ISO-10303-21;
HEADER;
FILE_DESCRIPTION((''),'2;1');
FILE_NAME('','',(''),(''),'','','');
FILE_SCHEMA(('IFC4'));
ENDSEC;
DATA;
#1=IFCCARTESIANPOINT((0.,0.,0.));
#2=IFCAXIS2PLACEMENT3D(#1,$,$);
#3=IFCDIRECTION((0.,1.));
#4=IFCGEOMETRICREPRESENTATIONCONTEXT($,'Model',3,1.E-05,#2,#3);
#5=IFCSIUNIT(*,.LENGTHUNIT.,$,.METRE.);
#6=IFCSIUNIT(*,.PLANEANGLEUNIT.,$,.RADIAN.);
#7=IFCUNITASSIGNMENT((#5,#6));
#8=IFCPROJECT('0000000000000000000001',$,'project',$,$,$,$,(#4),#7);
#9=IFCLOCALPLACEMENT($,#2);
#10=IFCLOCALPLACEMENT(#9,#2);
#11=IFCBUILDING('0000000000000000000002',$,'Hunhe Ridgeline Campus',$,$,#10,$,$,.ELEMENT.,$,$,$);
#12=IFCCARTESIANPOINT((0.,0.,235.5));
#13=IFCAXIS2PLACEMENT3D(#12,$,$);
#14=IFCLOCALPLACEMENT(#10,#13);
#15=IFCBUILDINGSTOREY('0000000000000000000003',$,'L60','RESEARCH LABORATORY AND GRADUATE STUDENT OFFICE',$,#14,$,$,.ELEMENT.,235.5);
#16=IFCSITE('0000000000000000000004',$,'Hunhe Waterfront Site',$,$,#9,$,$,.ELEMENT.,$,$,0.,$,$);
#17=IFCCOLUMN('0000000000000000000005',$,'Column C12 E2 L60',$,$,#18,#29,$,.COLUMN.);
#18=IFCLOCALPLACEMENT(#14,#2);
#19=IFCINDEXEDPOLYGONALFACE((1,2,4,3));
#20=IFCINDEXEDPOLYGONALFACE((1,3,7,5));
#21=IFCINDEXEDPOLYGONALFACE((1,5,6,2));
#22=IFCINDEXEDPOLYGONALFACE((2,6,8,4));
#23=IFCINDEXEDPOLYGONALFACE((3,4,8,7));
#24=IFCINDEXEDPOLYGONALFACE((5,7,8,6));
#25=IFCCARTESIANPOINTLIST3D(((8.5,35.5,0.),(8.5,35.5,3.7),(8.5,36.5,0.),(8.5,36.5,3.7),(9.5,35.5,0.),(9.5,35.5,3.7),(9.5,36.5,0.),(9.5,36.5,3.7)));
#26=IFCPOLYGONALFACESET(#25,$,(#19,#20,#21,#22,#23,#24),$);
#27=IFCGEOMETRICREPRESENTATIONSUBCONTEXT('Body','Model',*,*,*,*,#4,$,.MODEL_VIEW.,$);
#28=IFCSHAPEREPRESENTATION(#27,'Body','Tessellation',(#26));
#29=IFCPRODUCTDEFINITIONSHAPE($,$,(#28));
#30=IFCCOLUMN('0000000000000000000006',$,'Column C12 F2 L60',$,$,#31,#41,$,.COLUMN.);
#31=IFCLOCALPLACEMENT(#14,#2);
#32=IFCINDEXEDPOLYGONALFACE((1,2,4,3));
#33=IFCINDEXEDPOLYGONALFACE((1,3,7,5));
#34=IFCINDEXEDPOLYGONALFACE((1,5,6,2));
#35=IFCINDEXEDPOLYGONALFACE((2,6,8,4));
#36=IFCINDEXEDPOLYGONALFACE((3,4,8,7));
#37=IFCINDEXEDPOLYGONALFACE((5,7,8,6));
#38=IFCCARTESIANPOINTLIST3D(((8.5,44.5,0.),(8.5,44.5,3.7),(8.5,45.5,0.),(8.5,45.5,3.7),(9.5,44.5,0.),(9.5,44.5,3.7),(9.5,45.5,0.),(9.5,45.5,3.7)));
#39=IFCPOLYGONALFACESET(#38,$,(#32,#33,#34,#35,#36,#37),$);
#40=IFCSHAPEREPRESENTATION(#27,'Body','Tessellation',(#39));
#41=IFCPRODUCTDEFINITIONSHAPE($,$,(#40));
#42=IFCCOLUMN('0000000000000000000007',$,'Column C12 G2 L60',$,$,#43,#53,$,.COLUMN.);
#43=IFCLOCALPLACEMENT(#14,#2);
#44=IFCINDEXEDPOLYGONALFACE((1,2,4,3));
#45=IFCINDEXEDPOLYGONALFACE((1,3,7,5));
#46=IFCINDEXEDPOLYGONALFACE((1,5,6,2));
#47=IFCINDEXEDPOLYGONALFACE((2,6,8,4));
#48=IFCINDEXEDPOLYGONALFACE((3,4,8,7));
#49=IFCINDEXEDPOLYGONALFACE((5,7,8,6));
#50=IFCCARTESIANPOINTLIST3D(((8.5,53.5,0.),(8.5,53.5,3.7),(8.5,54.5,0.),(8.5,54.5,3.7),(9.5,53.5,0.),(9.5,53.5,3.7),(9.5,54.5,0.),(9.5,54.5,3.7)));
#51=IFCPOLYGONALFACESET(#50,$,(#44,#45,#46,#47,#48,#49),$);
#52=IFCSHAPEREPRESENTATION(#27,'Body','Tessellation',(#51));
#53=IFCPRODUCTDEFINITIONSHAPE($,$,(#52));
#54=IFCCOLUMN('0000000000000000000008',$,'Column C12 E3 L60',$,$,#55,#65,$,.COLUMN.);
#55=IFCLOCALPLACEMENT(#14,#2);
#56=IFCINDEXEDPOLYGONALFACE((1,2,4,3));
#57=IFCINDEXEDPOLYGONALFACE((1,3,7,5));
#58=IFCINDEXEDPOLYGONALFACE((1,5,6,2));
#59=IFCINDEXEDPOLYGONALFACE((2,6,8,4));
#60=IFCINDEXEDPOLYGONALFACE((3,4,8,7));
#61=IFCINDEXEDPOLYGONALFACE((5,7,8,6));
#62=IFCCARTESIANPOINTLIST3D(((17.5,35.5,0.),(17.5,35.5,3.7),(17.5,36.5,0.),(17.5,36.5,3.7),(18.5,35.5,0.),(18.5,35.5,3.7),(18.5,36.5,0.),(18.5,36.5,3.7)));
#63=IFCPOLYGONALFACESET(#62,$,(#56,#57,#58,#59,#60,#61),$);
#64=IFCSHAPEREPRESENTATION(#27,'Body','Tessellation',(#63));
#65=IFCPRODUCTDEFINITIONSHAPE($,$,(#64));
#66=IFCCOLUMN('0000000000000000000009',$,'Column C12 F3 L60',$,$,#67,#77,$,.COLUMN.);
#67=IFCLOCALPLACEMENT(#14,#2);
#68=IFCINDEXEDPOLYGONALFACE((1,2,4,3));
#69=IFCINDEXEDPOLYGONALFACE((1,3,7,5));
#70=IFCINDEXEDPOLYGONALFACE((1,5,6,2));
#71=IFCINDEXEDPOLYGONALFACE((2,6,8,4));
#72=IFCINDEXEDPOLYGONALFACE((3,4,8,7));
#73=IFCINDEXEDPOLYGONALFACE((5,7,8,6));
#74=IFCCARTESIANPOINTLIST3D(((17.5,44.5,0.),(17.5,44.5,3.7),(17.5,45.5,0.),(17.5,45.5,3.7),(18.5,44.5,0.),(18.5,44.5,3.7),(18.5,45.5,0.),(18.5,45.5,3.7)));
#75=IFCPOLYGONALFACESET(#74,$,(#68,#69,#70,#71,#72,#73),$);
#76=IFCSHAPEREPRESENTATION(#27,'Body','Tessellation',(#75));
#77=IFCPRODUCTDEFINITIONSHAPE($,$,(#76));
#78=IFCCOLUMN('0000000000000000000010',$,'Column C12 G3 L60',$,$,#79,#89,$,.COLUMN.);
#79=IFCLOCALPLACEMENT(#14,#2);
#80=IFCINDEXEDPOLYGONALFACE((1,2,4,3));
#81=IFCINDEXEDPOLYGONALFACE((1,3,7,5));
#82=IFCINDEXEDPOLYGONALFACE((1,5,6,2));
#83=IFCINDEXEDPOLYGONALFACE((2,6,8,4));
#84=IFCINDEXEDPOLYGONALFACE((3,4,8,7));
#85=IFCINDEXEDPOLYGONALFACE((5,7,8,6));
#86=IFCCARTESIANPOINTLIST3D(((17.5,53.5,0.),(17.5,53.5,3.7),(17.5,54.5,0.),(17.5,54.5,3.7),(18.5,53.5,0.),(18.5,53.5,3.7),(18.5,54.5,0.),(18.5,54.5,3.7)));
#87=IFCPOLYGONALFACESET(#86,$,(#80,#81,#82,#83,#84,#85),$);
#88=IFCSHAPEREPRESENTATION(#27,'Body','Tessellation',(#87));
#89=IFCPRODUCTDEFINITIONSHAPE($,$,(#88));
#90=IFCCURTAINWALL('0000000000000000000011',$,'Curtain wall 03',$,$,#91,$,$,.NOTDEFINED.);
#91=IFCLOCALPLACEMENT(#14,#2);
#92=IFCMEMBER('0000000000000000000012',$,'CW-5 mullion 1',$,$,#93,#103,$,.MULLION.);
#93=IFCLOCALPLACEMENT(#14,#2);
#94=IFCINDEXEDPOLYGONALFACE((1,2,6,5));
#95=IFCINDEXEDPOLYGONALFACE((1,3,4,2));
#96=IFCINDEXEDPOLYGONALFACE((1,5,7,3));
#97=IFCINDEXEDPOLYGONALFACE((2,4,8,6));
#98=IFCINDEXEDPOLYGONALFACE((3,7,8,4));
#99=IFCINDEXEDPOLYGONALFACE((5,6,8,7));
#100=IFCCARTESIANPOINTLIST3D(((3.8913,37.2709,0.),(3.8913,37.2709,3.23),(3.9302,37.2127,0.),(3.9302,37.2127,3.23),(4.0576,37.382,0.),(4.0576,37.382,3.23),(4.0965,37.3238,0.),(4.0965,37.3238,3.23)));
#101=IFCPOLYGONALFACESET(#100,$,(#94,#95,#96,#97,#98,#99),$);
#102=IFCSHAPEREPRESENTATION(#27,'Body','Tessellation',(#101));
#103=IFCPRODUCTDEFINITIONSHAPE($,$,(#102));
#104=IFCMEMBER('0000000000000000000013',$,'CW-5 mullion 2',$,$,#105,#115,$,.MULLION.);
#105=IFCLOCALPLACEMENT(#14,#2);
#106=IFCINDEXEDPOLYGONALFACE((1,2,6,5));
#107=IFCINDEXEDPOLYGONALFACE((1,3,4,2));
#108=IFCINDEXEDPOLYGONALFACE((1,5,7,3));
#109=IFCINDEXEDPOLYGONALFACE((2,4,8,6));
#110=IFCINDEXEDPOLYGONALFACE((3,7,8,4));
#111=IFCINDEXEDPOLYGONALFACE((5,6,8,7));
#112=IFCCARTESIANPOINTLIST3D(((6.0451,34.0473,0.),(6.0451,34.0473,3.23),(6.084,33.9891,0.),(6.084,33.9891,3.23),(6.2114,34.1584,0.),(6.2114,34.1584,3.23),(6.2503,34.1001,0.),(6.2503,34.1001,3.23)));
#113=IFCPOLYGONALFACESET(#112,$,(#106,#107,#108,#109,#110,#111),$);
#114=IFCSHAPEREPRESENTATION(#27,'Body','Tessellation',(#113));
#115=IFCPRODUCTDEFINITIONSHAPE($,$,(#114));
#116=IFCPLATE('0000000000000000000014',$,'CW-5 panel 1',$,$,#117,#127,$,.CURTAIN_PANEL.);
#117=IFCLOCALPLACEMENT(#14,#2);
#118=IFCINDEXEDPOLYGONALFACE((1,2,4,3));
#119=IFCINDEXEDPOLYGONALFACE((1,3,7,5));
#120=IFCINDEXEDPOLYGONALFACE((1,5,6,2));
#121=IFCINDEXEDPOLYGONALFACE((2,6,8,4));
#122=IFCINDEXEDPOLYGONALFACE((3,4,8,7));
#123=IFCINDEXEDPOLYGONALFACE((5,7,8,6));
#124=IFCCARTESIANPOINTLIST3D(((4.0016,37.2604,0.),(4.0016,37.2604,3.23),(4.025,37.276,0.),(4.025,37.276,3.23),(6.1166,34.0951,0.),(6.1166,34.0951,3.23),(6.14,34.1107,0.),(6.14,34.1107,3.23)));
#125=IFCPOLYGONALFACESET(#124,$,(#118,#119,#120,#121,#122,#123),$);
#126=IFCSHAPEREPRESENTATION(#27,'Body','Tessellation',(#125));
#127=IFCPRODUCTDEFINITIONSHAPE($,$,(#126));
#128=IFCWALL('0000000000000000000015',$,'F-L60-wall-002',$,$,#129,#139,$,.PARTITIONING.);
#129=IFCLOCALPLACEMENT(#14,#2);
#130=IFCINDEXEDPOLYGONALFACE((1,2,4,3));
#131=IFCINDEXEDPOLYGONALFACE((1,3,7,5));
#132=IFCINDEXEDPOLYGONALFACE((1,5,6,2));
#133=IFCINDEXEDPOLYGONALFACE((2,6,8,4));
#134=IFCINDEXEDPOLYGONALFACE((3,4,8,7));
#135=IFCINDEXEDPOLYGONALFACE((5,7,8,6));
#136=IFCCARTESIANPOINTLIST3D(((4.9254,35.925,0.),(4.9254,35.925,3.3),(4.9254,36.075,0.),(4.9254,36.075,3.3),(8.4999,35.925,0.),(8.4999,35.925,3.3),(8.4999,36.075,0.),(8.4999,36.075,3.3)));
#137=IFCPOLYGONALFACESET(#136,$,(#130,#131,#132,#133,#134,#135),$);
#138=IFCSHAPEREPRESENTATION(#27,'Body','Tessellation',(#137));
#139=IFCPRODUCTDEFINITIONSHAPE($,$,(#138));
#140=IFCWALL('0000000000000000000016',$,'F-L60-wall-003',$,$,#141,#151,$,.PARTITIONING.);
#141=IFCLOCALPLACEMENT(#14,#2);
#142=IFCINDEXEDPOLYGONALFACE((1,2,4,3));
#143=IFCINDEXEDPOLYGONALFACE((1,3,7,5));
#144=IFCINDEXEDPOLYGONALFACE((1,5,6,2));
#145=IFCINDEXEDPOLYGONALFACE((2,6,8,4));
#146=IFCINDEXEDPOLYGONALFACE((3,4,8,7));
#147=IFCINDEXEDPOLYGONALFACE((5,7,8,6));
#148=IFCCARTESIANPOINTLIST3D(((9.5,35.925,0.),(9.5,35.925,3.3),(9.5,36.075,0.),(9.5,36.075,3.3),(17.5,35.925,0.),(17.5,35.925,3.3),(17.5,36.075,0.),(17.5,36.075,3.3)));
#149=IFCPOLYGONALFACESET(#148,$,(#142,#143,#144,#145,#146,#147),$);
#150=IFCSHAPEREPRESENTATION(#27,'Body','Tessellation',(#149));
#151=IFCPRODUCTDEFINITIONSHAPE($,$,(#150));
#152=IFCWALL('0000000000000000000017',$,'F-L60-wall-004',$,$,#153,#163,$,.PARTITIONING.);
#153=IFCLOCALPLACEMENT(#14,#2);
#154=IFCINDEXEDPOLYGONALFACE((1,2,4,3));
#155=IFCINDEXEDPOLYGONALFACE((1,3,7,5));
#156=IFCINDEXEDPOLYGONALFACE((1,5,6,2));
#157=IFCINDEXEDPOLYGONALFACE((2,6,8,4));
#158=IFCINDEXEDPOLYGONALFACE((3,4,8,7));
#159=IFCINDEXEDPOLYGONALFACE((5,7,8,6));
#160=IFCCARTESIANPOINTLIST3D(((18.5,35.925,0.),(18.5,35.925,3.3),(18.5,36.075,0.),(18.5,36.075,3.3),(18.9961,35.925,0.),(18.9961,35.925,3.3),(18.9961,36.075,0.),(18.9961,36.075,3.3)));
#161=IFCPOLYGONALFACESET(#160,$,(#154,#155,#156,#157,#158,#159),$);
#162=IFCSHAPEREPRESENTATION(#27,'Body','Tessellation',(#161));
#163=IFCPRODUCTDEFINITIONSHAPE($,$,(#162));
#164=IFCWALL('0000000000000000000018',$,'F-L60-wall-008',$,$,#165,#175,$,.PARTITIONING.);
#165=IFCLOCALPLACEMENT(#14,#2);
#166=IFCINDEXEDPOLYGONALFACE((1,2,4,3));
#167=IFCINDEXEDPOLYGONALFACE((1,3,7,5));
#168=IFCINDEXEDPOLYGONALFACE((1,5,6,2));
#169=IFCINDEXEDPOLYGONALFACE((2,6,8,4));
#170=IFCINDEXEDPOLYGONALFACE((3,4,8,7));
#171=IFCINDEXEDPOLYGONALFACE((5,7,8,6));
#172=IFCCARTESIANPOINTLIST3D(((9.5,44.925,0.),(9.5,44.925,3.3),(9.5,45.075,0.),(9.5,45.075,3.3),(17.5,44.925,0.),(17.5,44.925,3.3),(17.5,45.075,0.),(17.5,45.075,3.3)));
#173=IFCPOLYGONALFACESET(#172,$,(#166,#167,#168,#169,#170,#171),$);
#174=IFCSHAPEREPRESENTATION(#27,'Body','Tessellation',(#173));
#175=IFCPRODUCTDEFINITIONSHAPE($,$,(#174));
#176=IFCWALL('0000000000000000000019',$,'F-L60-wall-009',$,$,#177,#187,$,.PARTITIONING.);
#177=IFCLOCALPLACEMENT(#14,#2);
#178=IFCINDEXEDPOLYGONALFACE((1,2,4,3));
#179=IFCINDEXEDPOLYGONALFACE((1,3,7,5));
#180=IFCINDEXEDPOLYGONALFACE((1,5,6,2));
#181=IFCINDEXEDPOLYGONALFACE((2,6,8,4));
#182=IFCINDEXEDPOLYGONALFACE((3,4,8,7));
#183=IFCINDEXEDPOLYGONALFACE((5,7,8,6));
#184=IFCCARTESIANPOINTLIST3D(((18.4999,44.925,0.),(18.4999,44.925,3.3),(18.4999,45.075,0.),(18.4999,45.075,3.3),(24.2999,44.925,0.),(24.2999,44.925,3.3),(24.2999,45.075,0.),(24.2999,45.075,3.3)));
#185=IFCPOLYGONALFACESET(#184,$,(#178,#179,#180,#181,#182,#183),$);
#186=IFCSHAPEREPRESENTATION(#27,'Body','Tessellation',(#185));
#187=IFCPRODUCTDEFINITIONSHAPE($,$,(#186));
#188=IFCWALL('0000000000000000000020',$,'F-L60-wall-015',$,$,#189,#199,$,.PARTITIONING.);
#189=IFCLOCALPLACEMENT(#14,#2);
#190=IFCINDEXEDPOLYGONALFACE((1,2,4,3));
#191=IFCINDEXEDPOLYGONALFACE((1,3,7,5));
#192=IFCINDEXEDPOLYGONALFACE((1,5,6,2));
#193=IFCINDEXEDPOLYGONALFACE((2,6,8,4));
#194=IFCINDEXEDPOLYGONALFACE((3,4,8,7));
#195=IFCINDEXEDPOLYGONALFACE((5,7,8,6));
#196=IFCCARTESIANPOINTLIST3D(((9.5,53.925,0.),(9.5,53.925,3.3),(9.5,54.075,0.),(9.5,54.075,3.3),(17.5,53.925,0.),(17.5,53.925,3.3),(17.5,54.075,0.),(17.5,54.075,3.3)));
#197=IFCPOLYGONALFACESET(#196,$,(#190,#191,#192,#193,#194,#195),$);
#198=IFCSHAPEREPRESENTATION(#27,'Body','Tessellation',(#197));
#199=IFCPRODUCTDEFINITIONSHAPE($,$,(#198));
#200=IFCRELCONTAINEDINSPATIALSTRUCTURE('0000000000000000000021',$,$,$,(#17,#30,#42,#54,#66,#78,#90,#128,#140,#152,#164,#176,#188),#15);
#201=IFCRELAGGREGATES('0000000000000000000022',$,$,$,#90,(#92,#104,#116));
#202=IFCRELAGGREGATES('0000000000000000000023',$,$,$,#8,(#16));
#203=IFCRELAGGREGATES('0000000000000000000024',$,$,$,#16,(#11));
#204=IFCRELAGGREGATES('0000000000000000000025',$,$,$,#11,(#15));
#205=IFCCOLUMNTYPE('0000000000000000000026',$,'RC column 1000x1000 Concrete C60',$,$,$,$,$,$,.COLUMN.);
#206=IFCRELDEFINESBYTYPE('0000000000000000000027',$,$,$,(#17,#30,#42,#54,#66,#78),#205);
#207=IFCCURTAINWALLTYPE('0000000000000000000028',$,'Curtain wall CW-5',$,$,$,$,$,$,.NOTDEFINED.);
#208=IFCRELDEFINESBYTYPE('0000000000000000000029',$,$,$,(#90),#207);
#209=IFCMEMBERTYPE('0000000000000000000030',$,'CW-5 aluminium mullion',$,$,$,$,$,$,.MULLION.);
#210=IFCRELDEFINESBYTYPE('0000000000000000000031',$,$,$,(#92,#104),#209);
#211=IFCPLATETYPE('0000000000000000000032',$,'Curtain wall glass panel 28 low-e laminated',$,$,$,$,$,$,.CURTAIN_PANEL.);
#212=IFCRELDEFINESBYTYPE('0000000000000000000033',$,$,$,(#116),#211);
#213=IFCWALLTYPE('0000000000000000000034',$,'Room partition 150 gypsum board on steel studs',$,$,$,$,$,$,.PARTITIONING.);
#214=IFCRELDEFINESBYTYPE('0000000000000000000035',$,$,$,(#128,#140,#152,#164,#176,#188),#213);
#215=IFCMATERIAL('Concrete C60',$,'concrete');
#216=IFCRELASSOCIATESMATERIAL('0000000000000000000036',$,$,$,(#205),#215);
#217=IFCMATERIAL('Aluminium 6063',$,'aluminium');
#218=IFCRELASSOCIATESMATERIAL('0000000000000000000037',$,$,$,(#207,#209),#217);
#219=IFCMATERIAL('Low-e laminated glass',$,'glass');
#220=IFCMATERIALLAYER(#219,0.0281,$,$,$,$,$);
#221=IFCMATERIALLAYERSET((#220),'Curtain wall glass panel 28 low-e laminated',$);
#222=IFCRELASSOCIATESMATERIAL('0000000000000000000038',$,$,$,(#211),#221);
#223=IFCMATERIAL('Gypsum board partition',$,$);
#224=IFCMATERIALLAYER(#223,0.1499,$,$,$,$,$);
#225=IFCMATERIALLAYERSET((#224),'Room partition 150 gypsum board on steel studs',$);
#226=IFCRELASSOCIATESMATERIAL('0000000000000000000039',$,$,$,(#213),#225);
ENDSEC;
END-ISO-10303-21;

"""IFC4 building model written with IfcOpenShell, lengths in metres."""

from ifc_helpers import new_model, si_unit, direction, frame, frame_2d, origin, origin_2d, place, context, subcontext, project, spatial, rectangle, extrude, material, layer, layer_set, material_profile, profile_set, type_object, element, aggregate, save


model = new_model("IFC4")

# Units and contexts
model_context = context("Model", 3, precision=1e-05, world=origin(), true_north=direction((0.0, 1.0)))
body_context = subcontext(model_context, "Body", "Model", "MODEL_VIEW")
ifc_project = project(units=[si_unit("LENGTHUNIT", "METRE"), si_unit("PLANEANGLEUNIT", "RADIAN")], contexts=[model_context])

# Site, building, storey
site_placement = place(None, origin())
site = spatial("IfcSite", under=ifc_project, at=site_placement, Name="Hunhe Waterfront Site", CompositionType="ELEMENT", RefElevation=0.0)
building_placement = place(site_placement, origin())
building = spatial("IfcBuilding", under=site, at=building_placement, Name="Hunhe Ridgeline Campus", CompositionType="ELEMENT")
storey_placement = place(building_placement, frame((0.0, 0.0, 235.5)))
storey = spatial("IfcBuildingStorey", under=building, at=storey_placement, Name="L60", Description="RESEARCH LABORATORY AND GRADUATE STUDENT OFFICE", CompositionType="ELEMENT", Elevation=235.5)

# Columns
ifc_material_1 = material(Name="Concrete C60", Category="concrete")
ifc_material_profile_1 = material_profile(ifc_material_1, rectangle(XDim=1.0, YDim=1.0, at=origin_2d()))
ifc_profile_set_1 = profile_set([ifc_material_profile_1], Name="Concrete C60")
column_type = type_object("IfcColumnType", Name="RC column 1000x1000 Concrete C60", PredefinedType="COLUMN", material=ifc_profile_set_1)
for number, where, z_axis, x_axis, name in (
    (1, (9.0, 36.0, 0.0), (0.0, 0.0, 1.0), (1.0, 0.0, 0.0), "Column C12 E2 L60"),
    (2, (9.0, 45.0, 0.0), (0.0, 0.0, 1.0), (1.0, 0.0, 0.0), "Column C12 F2 L60"),
    (3, (9.0, 54.0, 0.0), (0.0, 0.0, 1.0), (1.0, 0.0, 0.0), "Column C12 G2 L60"),
    (4, (18.0, 36.0, 0.0), (0.0, 0.0, 1.0), (1.0, 0.0, 0.0), "Column C12 E3 L60"),
    (5, (18.0, 45.0, 0.0), (0.0, 0.0, 1.0), (1.0, 0.0, 0.0), "Column C12 F3 L60"),
    (6, (18.0, 54.0, 0.0), (0.0, 0.0, 1.0), (1.0, 0.0, 0.0), "Column C12 G3 L60"),
):
    element("IfcColumn", number, at=place(storey_placement, frame(where, z_axis=z_axis, x_axis=x_axis)), inside=storey, type_object=column_type, Name=name, PredefinedType="COLUMN", context=body_context, shape_type="SweptSolid", body=[
        extrude(rectangle(XDim=1.0, YDim=1.0, at=origin_2d()), origin(), (0.0, 0.0, 1.0), 3.7),
    ])

# Curtain wall, members, plate
ifc_material_2 = material(Name="Aluminium 6063", Category="aluminium")
curtain_wall_type = type_object("IfcCurtainWallType", Name="Curtain wall CW-5", PredefinedType="NOTDEFINED", material=ifc_material_2)
curtain_wall_placement = place(storey_placement, origin())
curtain_wall = element("IfcCurtainWall", 7, at=curtain_wall_placement, inside=storey, type_object=curtain_wall_type, Name="Curtain wall 03", PredefinedType="NOTDEFINED")
ifc_material_profile_2 = material_profile(ifc_material_2, rectangle(XDim=0.2, YDim=0.0701, at=origin_2d()))
ifc_profile_set_2 = profile_set([ifc_material_profile_2], Name="Aluminium 6063")
member_type = type_object("IfcMemberType", Name="CW-5 aluminium mullion", PredefinedType="MULLION", material=ifc_profile_set_2)
member_1_placement = place(storey_placement, frame((3.9939, 37.2974, 0.0), z_axis=(0.0, 0.0, 1.0), x_axis=(0.83147, 0.55557, 0.0)))
member_1 = element("IfcMember", 8, at=member_1_placement, type_object=member_type, Name="CW-5 mullion 1", PredefinedType="MULLION", context=body_context, shape_type="SweptSolid", body=[
    extrude(rectangle(XDim=0.2, YDim=0.0701, at=origin_2d()), origin(), (0.0, 0.0, 1.0), 3.23),
])
member_2_placement = place(storey_placement, frame((6.1477, 34.0737, 0.0), z_axis=(0.0, 0.0, 1.0), x_axis=(0.83147, 0.55557, 0.0)))
member_2 = element("IfcMember", 9, at=member_2_placement, type_object=member_type, Name="CW-5 mullion 2", PredefinedType="MULLION", context=body_context, shape_type="SweptSolid", body=[
    extrude(rectangle(XDim=0.2, YDim=0.0701, at=origin_2d()), origin(), (0.0, 0.0, 1.0), 3.23),
])
ifc_material_3 = material(Name="Low-e laminated glass", Category="glass")
ifc_layer_1 = layer(ifc_material_3, 0.0281)
ifc_layer_set_1 = layer_set([ifc_layer_1], Name="Curtain wall glass panel 28 low-e laminated")
plate_type = type_object("IfcPlateType", Name="Curtain wall glass panel 28 low-e laminated", PredefinedType="CURTAIN_PANEL", material=ifc_layer_set_1)
plate_placement = place(storey_placement, frame((5.0708, 35.6855, 0.0), z_axis=(0.0, 0.0, 1.0), x_axis=(0.55557, -0.83147, 0.0)))
plate = element("IfcPlate", 10, at=plate_placement, type_object=plate_type, Name="CW-5 panel 1", PredefinedType="CURTAIN_PANEL", context=body_context, shape_type="SweptSolid", body=[
    extrude(rectangle(XDim=3.8069, YDim=0.0281, at=origin_2d()), origin(), (0.0, 0.0, 1.0), 3.23),
])
aggregate(curtain_wall, [member_1, member_2, plate])

# Shared definitions
ifc_material_4 = material(Name="Gypsum board partition")

# Walls
ifc_layer_2 = layer(ifc_material_4, 0.1499)
ifc_layer_set_2 = layer_set([ifc_layer_2], Name="Room partition 150 gypsum board on steel studs")
wall_type_1 = type_object("IfcWallType", Name="Room partition 150 gypsum board on steel studs", PredefinedType="PARTITIONING", material=ifc_layer_set_2)
wall_1_placement = place(storey_placement, frame((4.9255, 36.0, 0.0), z_axis=(0.0, 0.0, 1.0), x_axis=(1.0, 0.0, 0.0)))
element("IfcWall", 11, at=wall_1_placement, inside=storey, type_object=wall_type_1, Name="F-L60-wall-002", PredefinedType="PARTITIONING", context=body_context, shape_type="SweptSolid", body=[
    extrude(rectangle(XDim=3.5745, YDim=0.1499, at=frame_2d((1.7871, 0.0))), origin(), (0.0, 0.0, 1.0), 3.3),
])
wall_2_placement = place(storey_placement, frame((9.5, 36.0, 0.0), z_axis=(0.0, 0.0, 1.0), x_axis=(1.0, 0.0, 0.0)))
element("IfcWall", 12, at=wall_2_placement, inside=storey, type_object=wall_type_1, Name="F-L60-wall-003", PredefinedType="PARTITIONING", context=body_context, shape_type="SweptSolid", body=[
    extrude(rectangle(XDim=8.0, YDim=0.1499, at=frame_2d((4.0, 0.0))), origin(), (0.0, 0.0, 1.0), 3.3),
])
wall_3_placement = place(storey_placement, frame((18.5, 36.0, 0.0), z_axis=(0.0, 0.0, 1.0), x_axis=(1.0, 0.0, 0.0)))
element("IfcWall", 13, at=wall_3_placement, inside=storey, type_object=wall_type_1, Name="F-L60-wall-004", PredefinedType="PARTITIONING", context=body_context, shape_type="SweptSolid", body=[
    extrude(rectangle(XDim=0.4961, YDim=0.1499, at=frame_2d((0.248, 0.0))), origin(), (0.0, 0.0, 1.0), 3.3),
])
wall_4_placement = place(storey_placement, frame((9.5, 45.0, 0.0), z_axis=(0.0, 0.0, 1.0), x_axis=(1.0, 0.0, 0.0)))
element("IfcWall", 14, at=wall_4_placement, inside=storey, type_object=wall_type_1, Name="F-L60-wall-008", PredefinedType="PARTITIONING", context=body_context, shape_type="SweptSolid", body=[
    extrude(rectangle(XDim=8.0, YDim=0.1499, at=frame_2d((4.0, 0.0))), origin(), (0.0, 0.0, 1.0), 3.3),
])
wall_5_placement = place(storey_placement, frame((18.5, 45.0, 0.0), z_axis=(0.0, 0.0, 1.0), x_axis=(1.0, 0.0, 0.0)))
element("IfcWall", 15, at=wall_5_placement, inside=storey, type_object=wall_type_1, Name="F-L60-wall-009", PredefinedType="PARTITIONING", context=body_context, shape_type="SweptSolid", body=[
    extrude(rectangle(XDim=5.8, YDim=0.1499, at=frame_2d((2.8999, 0.0))), origin(), (0.0, 0.0, 1.0), 3.3),
])
wall_6_placement = place(storey_placement, frame((9.5, 54.0, 0.0), z_axis=(0.0, 0.0, 1.0), x_axis=(1.0, 0.0, 0.0)))
element("IfcWall", 16, at=wall_6_placement, inside=storey, type_object=wall_type_1, Name="F-L60-wall-015", PredefinedType="PARTITIONING", context=body_context, shape_type="SweptSolid", body=[
    extrude(rectangle(XDim=8.0, YDim=0.1499, at=frame_2d((4.0, 0.0))), origin(), (0.0, 0.0, 1.0), 3.3),
])

save(model, "model.ifc")
